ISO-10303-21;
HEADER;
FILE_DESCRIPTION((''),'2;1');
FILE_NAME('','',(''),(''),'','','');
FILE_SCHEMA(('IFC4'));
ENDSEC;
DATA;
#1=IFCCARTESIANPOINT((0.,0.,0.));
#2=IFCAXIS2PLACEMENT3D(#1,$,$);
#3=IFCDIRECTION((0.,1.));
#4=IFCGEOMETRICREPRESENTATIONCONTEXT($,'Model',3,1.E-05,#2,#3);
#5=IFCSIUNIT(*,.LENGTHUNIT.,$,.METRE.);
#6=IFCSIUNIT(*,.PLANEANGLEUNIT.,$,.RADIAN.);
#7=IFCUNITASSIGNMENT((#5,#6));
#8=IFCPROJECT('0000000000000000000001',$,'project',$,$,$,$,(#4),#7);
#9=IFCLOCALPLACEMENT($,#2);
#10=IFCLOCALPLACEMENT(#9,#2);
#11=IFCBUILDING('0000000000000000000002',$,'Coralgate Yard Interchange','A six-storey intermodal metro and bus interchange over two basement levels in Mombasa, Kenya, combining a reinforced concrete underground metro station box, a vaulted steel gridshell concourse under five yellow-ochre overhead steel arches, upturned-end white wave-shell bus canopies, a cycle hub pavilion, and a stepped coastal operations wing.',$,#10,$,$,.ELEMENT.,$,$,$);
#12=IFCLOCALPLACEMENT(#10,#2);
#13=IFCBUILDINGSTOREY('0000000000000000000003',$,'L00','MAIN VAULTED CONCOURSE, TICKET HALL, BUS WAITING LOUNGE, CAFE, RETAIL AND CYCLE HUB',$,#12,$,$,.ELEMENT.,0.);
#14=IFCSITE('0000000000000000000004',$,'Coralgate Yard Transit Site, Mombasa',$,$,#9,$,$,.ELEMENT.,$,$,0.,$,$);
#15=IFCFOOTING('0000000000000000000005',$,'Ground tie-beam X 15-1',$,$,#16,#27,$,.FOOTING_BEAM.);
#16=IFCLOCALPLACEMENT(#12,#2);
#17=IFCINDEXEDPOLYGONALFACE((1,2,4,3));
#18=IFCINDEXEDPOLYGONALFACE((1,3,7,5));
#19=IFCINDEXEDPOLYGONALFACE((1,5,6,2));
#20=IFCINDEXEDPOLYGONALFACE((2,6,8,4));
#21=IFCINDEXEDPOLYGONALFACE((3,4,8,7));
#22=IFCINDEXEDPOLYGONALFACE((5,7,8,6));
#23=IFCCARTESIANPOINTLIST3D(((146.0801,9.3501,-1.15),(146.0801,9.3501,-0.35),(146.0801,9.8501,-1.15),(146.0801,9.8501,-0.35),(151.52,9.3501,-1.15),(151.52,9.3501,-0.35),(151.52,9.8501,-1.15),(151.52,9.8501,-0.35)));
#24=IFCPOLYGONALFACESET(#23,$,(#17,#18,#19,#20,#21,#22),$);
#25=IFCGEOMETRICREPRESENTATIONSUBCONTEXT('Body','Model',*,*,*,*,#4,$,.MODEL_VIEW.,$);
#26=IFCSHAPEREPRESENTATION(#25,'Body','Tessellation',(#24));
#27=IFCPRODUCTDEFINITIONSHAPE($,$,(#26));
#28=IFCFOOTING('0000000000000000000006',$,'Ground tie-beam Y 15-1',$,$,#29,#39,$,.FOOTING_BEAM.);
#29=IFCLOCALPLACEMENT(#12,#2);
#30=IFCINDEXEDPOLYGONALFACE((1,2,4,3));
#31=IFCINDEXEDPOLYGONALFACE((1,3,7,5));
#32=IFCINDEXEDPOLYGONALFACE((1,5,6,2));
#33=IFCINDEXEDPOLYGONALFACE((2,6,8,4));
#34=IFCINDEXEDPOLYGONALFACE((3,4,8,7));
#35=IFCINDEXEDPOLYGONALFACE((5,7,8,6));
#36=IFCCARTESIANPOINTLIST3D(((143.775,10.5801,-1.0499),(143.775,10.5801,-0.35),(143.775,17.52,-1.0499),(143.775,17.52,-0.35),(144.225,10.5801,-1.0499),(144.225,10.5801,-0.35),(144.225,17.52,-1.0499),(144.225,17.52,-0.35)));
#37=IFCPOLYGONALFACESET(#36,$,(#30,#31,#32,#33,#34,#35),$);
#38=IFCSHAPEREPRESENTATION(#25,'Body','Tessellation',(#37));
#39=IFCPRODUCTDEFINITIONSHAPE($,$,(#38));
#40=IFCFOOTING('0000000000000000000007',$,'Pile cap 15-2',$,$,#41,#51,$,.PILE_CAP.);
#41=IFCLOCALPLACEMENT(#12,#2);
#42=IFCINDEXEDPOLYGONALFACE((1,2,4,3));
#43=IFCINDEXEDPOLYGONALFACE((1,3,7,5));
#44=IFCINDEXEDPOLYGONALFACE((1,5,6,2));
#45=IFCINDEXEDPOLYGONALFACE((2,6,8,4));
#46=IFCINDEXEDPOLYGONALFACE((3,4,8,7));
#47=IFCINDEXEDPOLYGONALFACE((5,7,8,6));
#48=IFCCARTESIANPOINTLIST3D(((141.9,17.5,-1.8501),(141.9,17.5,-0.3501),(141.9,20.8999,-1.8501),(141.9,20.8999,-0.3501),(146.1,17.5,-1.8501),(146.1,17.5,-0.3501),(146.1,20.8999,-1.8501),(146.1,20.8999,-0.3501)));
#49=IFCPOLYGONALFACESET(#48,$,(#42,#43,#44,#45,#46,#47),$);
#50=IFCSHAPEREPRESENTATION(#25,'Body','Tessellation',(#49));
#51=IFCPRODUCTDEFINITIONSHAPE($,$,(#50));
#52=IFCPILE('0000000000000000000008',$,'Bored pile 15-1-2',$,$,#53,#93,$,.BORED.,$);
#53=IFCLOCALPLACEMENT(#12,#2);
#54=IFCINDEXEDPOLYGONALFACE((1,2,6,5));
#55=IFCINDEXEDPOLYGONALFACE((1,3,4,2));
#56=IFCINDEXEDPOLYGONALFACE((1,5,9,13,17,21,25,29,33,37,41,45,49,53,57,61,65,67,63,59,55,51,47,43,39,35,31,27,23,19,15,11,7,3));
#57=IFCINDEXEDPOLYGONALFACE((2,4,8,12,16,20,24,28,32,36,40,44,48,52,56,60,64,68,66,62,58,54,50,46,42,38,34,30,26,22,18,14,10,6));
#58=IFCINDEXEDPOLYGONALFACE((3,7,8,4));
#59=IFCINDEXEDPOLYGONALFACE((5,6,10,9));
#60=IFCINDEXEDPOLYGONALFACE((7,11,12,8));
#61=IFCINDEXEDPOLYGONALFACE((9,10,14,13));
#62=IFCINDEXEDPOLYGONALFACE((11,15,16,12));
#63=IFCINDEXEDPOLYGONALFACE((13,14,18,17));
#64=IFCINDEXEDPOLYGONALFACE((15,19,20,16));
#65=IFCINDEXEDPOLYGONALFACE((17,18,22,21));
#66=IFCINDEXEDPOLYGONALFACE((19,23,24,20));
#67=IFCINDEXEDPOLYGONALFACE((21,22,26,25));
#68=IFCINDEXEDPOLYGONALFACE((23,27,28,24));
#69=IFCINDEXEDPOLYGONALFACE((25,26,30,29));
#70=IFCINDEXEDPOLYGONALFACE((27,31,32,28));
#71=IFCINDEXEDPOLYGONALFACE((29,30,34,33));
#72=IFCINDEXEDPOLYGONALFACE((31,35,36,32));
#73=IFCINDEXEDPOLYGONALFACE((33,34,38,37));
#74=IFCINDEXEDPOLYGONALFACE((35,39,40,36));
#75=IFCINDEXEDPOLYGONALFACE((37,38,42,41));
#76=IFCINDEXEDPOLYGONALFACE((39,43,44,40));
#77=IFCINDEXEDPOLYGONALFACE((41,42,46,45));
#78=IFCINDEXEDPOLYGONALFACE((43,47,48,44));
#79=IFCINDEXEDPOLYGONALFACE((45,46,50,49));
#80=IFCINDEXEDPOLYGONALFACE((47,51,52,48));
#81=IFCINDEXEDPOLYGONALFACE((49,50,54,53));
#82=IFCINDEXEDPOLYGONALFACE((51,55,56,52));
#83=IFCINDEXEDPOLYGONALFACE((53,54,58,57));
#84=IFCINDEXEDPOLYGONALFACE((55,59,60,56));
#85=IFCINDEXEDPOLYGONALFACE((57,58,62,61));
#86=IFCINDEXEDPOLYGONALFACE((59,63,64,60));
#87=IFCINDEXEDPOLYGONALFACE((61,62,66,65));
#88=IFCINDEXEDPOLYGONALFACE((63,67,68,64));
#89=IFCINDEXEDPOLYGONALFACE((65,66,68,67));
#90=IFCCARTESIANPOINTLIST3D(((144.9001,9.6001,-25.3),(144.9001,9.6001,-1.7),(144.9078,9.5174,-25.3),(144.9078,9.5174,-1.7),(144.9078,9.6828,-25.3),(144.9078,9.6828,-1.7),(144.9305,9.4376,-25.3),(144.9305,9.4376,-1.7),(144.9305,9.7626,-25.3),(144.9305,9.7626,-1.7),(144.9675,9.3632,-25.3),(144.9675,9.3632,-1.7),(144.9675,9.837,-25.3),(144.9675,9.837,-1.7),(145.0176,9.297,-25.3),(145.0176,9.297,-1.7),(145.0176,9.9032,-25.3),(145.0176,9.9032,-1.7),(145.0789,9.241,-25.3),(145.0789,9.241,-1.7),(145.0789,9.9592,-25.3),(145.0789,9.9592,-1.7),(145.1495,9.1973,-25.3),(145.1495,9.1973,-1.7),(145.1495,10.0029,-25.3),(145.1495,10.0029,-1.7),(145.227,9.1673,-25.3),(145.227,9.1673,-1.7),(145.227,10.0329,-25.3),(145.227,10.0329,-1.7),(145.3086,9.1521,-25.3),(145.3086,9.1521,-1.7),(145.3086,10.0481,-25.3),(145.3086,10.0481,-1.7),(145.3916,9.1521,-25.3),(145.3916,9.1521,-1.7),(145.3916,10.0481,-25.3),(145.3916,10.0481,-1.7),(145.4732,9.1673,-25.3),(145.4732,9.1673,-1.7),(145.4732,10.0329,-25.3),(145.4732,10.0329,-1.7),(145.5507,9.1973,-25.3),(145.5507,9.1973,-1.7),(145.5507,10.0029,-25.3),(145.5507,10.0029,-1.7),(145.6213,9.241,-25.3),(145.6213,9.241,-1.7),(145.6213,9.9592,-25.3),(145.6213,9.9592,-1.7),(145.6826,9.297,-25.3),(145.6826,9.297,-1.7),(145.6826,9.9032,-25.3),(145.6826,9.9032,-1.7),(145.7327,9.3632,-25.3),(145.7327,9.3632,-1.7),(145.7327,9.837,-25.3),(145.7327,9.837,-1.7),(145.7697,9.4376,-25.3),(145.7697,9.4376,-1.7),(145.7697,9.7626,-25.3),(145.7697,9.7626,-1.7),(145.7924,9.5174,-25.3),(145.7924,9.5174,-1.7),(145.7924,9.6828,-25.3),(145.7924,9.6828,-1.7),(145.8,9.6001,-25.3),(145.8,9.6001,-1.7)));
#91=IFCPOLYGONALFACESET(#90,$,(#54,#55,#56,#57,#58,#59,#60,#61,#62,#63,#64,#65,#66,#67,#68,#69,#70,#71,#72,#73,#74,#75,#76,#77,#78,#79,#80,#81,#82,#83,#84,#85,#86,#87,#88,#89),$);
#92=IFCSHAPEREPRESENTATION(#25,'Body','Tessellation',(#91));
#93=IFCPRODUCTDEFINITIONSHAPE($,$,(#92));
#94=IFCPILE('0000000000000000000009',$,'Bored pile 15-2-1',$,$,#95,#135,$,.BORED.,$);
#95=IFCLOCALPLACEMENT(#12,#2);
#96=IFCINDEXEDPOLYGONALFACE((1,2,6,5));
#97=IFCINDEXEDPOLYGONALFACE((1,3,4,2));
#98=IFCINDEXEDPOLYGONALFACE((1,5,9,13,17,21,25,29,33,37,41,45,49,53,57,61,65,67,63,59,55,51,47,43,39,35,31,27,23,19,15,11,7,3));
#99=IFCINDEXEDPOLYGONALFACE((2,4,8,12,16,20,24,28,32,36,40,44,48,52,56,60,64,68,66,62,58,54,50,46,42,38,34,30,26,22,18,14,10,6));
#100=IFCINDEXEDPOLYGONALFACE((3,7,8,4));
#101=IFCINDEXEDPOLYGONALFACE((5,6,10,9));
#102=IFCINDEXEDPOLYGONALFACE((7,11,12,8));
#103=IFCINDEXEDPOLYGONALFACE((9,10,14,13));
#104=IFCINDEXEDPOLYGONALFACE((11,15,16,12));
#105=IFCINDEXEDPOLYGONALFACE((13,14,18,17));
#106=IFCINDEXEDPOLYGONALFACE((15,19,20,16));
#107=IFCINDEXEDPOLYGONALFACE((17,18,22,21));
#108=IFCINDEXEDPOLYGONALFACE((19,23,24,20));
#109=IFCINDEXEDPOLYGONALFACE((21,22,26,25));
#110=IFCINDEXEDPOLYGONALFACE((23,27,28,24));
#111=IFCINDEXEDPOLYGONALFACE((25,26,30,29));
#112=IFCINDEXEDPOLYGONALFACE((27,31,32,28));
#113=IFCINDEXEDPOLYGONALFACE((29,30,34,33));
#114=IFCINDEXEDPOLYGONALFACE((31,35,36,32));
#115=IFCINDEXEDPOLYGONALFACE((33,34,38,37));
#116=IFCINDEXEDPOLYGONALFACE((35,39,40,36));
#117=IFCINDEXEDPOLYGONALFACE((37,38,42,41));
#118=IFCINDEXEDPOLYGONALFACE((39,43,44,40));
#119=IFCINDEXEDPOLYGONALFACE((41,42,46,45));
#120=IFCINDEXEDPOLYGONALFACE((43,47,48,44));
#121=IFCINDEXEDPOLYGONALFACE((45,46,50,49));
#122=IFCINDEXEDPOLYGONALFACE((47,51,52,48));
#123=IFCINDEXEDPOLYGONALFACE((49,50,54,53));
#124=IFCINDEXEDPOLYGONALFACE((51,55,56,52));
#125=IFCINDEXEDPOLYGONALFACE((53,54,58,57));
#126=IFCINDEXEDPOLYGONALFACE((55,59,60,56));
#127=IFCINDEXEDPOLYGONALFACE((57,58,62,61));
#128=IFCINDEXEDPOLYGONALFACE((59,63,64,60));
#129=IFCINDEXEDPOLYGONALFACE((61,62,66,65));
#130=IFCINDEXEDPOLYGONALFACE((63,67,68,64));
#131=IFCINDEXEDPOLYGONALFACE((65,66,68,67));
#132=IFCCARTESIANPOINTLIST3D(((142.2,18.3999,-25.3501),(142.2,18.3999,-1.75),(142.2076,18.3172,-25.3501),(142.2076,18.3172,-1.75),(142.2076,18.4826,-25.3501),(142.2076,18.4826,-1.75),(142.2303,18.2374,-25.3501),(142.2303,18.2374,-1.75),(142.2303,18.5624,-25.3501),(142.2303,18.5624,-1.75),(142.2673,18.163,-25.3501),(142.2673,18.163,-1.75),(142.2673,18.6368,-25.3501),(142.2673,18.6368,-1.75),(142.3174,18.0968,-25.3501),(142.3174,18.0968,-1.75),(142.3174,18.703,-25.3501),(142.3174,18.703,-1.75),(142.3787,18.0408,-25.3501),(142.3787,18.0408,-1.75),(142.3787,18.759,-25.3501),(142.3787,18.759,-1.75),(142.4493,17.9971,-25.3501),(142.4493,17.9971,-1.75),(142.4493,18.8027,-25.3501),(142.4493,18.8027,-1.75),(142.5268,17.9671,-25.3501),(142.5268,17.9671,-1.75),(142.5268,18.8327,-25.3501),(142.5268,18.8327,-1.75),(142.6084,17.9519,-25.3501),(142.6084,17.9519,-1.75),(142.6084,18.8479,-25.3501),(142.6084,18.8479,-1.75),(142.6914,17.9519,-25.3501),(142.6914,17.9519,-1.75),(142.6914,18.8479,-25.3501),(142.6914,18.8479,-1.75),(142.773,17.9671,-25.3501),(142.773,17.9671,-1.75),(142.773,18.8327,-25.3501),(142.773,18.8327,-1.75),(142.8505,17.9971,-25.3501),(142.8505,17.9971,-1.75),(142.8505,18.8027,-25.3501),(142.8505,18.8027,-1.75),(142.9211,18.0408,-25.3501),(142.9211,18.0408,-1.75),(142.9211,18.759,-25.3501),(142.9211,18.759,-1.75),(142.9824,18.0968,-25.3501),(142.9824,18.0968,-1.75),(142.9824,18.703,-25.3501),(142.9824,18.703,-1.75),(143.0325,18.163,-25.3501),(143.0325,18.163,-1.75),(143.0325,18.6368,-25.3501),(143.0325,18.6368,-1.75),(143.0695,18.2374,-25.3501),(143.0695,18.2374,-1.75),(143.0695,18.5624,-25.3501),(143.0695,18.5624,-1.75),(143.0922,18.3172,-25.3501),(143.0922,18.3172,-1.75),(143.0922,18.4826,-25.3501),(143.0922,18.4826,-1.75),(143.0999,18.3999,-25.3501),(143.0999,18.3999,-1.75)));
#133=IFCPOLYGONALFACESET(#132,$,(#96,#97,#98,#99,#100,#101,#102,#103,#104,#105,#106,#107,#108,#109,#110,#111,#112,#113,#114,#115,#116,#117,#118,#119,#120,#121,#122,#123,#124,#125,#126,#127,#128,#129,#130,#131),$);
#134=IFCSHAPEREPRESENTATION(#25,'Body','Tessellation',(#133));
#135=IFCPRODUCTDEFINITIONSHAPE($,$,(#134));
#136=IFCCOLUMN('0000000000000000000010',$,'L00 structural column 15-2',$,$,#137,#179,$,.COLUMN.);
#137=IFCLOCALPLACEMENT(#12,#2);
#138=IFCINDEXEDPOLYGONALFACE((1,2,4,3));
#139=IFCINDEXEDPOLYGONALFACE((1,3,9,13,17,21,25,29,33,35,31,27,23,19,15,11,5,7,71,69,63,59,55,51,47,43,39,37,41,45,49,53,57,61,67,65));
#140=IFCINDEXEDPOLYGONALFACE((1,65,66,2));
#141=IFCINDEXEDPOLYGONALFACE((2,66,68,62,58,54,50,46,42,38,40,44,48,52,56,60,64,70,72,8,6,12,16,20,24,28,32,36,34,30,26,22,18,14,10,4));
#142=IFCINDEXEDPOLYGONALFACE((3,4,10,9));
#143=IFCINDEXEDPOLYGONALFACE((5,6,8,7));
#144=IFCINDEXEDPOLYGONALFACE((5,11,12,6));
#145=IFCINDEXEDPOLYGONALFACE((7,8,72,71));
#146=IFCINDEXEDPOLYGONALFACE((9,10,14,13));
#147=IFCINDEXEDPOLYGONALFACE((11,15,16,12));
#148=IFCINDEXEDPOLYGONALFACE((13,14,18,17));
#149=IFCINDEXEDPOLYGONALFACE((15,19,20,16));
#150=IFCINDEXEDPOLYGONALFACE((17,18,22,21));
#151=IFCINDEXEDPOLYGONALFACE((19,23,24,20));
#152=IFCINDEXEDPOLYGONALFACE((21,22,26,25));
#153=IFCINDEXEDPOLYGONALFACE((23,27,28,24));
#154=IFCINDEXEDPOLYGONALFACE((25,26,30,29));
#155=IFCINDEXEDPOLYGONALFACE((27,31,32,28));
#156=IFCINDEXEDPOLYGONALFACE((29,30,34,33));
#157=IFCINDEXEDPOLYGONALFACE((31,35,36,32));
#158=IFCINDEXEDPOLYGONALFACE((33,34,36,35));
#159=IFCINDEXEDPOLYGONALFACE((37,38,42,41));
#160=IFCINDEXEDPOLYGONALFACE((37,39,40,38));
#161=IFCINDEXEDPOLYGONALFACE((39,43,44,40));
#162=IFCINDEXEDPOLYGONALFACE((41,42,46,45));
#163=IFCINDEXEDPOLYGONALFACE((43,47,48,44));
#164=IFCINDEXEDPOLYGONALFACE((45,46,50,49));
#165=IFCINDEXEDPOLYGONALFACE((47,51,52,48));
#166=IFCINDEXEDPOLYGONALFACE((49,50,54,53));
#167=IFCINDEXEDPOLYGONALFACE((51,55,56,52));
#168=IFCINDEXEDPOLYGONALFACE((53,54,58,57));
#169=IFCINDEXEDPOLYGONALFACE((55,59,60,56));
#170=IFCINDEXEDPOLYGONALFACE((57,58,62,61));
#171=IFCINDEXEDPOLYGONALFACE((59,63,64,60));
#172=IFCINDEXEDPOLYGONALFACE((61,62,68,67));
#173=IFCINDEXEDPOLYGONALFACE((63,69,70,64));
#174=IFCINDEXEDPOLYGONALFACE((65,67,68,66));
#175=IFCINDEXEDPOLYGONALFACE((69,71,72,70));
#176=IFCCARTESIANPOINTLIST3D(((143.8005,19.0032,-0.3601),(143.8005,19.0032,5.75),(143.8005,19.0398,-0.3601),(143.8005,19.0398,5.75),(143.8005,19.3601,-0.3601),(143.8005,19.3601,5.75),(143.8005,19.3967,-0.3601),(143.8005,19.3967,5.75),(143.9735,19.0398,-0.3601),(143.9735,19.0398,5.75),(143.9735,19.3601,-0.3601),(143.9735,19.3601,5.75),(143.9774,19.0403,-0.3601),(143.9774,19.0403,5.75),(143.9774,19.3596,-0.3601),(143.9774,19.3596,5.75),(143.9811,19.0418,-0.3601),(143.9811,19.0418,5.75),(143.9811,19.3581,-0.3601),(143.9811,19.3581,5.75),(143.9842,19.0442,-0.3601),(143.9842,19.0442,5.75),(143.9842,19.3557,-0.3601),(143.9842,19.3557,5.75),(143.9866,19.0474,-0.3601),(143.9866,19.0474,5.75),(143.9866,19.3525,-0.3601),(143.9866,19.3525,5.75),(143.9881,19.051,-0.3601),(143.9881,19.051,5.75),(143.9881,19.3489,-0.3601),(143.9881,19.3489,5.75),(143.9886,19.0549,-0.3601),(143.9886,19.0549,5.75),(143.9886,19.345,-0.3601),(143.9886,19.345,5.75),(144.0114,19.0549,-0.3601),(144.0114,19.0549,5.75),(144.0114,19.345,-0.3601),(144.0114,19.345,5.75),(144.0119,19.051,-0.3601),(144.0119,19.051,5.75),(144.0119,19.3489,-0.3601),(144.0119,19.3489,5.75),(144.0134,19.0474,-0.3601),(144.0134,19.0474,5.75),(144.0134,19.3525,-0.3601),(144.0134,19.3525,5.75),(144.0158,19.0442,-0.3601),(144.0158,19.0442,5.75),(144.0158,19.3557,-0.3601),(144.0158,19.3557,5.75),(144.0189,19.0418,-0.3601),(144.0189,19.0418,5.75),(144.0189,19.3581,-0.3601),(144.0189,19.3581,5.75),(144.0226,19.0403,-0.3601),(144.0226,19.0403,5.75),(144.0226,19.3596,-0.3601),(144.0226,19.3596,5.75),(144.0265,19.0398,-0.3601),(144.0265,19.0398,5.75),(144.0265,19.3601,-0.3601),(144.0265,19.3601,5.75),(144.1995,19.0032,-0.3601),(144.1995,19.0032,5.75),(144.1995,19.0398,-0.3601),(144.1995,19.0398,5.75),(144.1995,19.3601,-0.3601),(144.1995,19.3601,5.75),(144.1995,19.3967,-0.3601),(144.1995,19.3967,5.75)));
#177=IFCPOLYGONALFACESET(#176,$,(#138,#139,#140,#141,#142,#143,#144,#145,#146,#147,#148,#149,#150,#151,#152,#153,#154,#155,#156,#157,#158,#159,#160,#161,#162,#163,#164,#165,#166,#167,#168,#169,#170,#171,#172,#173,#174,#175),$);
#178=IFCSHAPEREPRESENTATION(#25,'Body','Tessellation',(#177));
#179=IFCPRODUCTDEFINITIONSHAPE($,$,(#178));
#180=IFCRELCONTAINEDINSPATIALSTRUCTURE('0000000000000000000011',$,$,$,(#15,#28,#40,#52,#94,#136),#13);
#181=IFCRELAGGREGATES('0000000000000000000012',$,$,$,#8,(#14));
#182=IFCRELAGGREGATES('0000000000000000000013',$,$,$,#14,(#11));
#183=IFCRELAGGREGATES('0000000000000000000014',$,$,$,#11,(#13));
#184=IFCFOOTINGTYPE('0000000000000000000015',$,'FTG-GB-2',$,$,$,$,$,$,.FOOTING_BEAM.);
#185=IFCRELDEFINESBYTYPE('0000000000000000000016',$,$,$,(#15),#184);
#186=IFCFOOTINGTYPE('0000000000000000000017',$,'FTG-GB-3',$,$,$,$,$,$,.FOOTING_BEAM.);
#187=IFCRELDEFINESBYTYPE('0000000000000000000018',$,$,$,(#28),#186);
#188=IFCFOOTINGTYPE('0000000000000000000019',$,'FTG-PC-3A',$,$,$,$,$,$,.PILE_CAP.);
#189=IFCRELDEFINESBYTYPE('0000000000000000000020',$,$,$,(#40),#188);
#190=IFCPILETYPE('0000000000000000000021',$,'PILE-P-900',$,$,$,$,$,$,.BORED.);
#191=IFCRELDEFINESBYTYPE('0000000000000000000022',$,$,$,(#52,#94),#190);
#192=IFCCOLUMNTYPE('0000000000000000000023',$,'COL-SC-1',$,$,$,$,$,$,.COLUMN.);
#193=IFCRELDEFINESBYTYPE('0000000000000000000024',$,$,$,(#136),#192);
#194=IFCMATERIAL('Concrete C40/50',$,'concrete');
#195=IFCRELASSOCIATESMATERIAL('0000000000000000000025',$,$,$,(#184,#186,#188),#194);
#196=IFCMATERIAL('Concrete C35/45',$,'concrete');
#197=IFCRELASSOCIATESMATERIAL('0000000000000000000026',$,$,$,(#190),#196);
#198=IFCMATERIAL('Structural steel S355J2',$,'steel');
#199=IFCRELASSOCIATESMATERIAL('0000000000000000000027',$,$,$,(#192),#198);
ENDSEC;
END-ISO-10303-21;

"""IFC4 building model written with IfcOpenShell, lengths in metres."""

from ifc_helpers import new_model, si_unit, direction, frame, origin, origin_2d, place, context, subcontext, project, spatial, rectangle, circle, i_section, extrude, material, material_profile, profile_set, type_object, element, save


model = new_model("IFC4")

# Units and contexts
model_context = context("Model", 3, precision=1e-05, world=origin(), true_north=direction((0.0, 1.0)))
body_context = subcontext(model_context, "Body", "Model", "MODEL_VIEW")
ifc_project = project(units=[si_unit("LENGTHUNIT", "METRE"), si_unit("PLANEANGLEUNIT", "RADIAN")], contexts=[model_context])

# Site, building, storey
site_placement = place(None, origin())
site = spatial("IfcSite", under=ifc_project, at=site_placement, Name="Coralgate Yard Transit Site, Mombasa", CompositionType="ELEMENT", RefElevation=0.0)
building_placement = place(site_placement, origin())
building = spatial("IfcBuilding", under=site, at=building_placement, Name="Coralgate Yard Interchange", Description="A six-storey intermodal metro and bus interchange over two basement levels in Mombasa, Kenya, combining a reinforced concrete underground metro station box, a vaulted steel gridshell concourse under five yellow-ochre overhead steel arches, upturned-end white wave-shell bus canopies, a cycle hub pavilion, and a stepped coastal operations wing.", CompositionType="ELEMENT")
storey_placement = place(building_placement, origin())
storey = spatial("IfcBuildingStorey", under=building, at=storey_placement, Name="L00", Description="MAIN VAULTED CONCOURSE, TICKET HALL, BUS WAITING LOUNGE, CAFE, RETAIL AND CYCLE HUB", CompositionType="ELEMENT", Elevation=0.0)

# Footings
ifc_material_1 = material(Name="Concrete C40/50", Category="concrete")
ifc_material_profile_1 = material_profile(ifc_material_1, rectangle(XDim=0.5, YDim=0.8, at=origin_2d()), Name="RC 500x800")
ifc_profile_set_1 = profile_set([ifc_material_profile_1], Name="Concrete C40/50")
footing_type_1 = type_object("IfcFootingType", Name="FTG-GB-2", PredefinedType="FOOTING_BEAM", material=ifc_profile_set_1)
footing_1_placement = place(storey_placement, frame((146.0801, 9.6001, -0.75), z_axis=(1.0, 0.0, 0.0), x_axis=(0.0, 1.0, 0.0)))
element("IfcFooting", 1, at=footing_1_placement, inside=storey, type_object=footing_type_1, Name="Ground tie-beam X 15-1", PredefinedType="FOOTING_BEAM", context=body_context, shape_type="SweptSolid", body=[
    extrude(rectangle(XDim=0.5, YDim=0.8, at=origin_2d()), origin(), (0.0, 0.0, 1.0), 5.4399),
])
ifc_material_profile_2 = material_profile(ifc_material_1, rectangle(XDim=0.45, YDim=0.7, at=origin_2d()), Name="RC 450x700")
ifc_profile_set_2 = profile_set([ifc_material_profile_2], Name="Concrete C40/50")
footing_type_2 = type_object("IfcFootingType", Name="FTG-GB-3", PredefinedType="FOOTING_BEAM", material=ifc_profile_set_2)
footing_2_placement = place(storey_placement, frame((144.0, 10.5801, -0.7), z_axis=(0.0, 1.0, 0.0), x_axis=(-1.0, 0.0, 0.0)))
element("IfcFooting", 2, at=footing_2_placement, inside=storey, type_object=footing_type_2, Name="Ground tie-beam Y 15-1", PredefinedType="FOOTING_BEAM", context=body_context, shape_type="SweptSolid", body=[
    extrude(rectangle(XDim=0.45, YDim=0.7, at=origin_2d()), origin(), (0.0, 0.0, 1.0), 6.9399),
])
footing_type_3 = type_object("IfcFootingType", Name="FTG-PC-3A", PredefinedType="PILE_CAP", material=ifc_material_1)
footing_3_placement = place(storey_placement, frame((144.0, 19.2, -1.8501), z_axis=(0.0, 0.0, 1.0), x_axis=(1.0, 0.0, 0.0)))
element("IfcFooting", 3, at=footing_3_placement, inside=storey, type_object=footing_type_3, Name="Pile cap 15-2", PredefinedType="PILE_CAP", context=body_context, shape_type="SweptSolid", body=[
    extrude(rectangle(XDim=4.2, YDim=3.3999, at=origin_2d()), origin(), (0.0, 0.0, 1.0), 1.5),
])

# Piles
ifc_material_2 = material(Name="Concrete C35/45", Category="concrete")
ifc_material_profile_3 = material_profile(ifc_material_2, circle(Radius=0.45, at=origin_2d()), Name="BORED PILE D900")
ifc_profile_set_3 = profile_set([ifc_material_profile_3], Name="Concrete C35/45")
pile_type = type_object("IfcPileType", Name="PILE-P-900", PredefinedType="BORED", material=ifc_profile_set_3)
for number, where, z_axis, x_axis, name in (
    (4, (145.3501, 9.6001, -1.7), (0.0, 0.0, -1.0), (1.0, 0.0, 0.0), "Bored pile 15-1-2"),
    (5, (142.6499, 18.3999, -1.75), (0.0, 0.0, -1.0), (1.0, 0.0, 0.0), "Bored pile 15-2-1"),
):
    element("IfcPile", number, at=place(storey_placement, frame(where, z_axis=z_axis, x_axis=x_axis)), inside=storey, type_object=pile_type, Name=name, PredefinedType="BORED", context=body_context, shape_type="SweptSolid", body=[
        extrude(circle(Radius=0.45, at=origin_2d()), origin(), (0.0, 0.0, 1.0), 23.6001),
    ])

# Column
ifc_material_3 = material(Name="Structural steel S355J2", Category="steel")
ifc_material_profile_4 = material_profile(ifc_material_3, i_section(OverallWidth=0.3989, OverallDepth=0.3936, WebThickness=0.0227, FlangeThickness=0.0366, FilletRadius=0.0151, at=origin_2d()), Name="UC 356x406x287")
ifc_profile_set_4 = profile_set([ifc_material_profile_4], Name="Structural steel S355J2")
column_type = type_object("IfcColumnType", Name="COL-SC-1", PredefinedType="COLUMN", material=ifc_profile_set_4)
column_placement = place(storey_placement, frame((144.0, 19.2, -0.3601), z_axis=(0.0, 0.0, 1.0), x_axis=(1.0, 0.0, 0.0)))
element("IfcColumn", 6, at=column_placement, inside=storey, type_object=column_type, Name="L00 structural column 15-2", PredefinedType="COLUMN", context=body_context, shape_type="SweptSolid", body=[
    extrude(i_section(OverallWidth=0.3989, OverallDepth=0.3936, WebThickness=0.0227, FlangeThickness=0.0366, FilletRadius=0.0151, at=origin_2d()), origin(), (0.0, 0.0, 1.0), 6.1101),
])

save(model, "model.ifc")
